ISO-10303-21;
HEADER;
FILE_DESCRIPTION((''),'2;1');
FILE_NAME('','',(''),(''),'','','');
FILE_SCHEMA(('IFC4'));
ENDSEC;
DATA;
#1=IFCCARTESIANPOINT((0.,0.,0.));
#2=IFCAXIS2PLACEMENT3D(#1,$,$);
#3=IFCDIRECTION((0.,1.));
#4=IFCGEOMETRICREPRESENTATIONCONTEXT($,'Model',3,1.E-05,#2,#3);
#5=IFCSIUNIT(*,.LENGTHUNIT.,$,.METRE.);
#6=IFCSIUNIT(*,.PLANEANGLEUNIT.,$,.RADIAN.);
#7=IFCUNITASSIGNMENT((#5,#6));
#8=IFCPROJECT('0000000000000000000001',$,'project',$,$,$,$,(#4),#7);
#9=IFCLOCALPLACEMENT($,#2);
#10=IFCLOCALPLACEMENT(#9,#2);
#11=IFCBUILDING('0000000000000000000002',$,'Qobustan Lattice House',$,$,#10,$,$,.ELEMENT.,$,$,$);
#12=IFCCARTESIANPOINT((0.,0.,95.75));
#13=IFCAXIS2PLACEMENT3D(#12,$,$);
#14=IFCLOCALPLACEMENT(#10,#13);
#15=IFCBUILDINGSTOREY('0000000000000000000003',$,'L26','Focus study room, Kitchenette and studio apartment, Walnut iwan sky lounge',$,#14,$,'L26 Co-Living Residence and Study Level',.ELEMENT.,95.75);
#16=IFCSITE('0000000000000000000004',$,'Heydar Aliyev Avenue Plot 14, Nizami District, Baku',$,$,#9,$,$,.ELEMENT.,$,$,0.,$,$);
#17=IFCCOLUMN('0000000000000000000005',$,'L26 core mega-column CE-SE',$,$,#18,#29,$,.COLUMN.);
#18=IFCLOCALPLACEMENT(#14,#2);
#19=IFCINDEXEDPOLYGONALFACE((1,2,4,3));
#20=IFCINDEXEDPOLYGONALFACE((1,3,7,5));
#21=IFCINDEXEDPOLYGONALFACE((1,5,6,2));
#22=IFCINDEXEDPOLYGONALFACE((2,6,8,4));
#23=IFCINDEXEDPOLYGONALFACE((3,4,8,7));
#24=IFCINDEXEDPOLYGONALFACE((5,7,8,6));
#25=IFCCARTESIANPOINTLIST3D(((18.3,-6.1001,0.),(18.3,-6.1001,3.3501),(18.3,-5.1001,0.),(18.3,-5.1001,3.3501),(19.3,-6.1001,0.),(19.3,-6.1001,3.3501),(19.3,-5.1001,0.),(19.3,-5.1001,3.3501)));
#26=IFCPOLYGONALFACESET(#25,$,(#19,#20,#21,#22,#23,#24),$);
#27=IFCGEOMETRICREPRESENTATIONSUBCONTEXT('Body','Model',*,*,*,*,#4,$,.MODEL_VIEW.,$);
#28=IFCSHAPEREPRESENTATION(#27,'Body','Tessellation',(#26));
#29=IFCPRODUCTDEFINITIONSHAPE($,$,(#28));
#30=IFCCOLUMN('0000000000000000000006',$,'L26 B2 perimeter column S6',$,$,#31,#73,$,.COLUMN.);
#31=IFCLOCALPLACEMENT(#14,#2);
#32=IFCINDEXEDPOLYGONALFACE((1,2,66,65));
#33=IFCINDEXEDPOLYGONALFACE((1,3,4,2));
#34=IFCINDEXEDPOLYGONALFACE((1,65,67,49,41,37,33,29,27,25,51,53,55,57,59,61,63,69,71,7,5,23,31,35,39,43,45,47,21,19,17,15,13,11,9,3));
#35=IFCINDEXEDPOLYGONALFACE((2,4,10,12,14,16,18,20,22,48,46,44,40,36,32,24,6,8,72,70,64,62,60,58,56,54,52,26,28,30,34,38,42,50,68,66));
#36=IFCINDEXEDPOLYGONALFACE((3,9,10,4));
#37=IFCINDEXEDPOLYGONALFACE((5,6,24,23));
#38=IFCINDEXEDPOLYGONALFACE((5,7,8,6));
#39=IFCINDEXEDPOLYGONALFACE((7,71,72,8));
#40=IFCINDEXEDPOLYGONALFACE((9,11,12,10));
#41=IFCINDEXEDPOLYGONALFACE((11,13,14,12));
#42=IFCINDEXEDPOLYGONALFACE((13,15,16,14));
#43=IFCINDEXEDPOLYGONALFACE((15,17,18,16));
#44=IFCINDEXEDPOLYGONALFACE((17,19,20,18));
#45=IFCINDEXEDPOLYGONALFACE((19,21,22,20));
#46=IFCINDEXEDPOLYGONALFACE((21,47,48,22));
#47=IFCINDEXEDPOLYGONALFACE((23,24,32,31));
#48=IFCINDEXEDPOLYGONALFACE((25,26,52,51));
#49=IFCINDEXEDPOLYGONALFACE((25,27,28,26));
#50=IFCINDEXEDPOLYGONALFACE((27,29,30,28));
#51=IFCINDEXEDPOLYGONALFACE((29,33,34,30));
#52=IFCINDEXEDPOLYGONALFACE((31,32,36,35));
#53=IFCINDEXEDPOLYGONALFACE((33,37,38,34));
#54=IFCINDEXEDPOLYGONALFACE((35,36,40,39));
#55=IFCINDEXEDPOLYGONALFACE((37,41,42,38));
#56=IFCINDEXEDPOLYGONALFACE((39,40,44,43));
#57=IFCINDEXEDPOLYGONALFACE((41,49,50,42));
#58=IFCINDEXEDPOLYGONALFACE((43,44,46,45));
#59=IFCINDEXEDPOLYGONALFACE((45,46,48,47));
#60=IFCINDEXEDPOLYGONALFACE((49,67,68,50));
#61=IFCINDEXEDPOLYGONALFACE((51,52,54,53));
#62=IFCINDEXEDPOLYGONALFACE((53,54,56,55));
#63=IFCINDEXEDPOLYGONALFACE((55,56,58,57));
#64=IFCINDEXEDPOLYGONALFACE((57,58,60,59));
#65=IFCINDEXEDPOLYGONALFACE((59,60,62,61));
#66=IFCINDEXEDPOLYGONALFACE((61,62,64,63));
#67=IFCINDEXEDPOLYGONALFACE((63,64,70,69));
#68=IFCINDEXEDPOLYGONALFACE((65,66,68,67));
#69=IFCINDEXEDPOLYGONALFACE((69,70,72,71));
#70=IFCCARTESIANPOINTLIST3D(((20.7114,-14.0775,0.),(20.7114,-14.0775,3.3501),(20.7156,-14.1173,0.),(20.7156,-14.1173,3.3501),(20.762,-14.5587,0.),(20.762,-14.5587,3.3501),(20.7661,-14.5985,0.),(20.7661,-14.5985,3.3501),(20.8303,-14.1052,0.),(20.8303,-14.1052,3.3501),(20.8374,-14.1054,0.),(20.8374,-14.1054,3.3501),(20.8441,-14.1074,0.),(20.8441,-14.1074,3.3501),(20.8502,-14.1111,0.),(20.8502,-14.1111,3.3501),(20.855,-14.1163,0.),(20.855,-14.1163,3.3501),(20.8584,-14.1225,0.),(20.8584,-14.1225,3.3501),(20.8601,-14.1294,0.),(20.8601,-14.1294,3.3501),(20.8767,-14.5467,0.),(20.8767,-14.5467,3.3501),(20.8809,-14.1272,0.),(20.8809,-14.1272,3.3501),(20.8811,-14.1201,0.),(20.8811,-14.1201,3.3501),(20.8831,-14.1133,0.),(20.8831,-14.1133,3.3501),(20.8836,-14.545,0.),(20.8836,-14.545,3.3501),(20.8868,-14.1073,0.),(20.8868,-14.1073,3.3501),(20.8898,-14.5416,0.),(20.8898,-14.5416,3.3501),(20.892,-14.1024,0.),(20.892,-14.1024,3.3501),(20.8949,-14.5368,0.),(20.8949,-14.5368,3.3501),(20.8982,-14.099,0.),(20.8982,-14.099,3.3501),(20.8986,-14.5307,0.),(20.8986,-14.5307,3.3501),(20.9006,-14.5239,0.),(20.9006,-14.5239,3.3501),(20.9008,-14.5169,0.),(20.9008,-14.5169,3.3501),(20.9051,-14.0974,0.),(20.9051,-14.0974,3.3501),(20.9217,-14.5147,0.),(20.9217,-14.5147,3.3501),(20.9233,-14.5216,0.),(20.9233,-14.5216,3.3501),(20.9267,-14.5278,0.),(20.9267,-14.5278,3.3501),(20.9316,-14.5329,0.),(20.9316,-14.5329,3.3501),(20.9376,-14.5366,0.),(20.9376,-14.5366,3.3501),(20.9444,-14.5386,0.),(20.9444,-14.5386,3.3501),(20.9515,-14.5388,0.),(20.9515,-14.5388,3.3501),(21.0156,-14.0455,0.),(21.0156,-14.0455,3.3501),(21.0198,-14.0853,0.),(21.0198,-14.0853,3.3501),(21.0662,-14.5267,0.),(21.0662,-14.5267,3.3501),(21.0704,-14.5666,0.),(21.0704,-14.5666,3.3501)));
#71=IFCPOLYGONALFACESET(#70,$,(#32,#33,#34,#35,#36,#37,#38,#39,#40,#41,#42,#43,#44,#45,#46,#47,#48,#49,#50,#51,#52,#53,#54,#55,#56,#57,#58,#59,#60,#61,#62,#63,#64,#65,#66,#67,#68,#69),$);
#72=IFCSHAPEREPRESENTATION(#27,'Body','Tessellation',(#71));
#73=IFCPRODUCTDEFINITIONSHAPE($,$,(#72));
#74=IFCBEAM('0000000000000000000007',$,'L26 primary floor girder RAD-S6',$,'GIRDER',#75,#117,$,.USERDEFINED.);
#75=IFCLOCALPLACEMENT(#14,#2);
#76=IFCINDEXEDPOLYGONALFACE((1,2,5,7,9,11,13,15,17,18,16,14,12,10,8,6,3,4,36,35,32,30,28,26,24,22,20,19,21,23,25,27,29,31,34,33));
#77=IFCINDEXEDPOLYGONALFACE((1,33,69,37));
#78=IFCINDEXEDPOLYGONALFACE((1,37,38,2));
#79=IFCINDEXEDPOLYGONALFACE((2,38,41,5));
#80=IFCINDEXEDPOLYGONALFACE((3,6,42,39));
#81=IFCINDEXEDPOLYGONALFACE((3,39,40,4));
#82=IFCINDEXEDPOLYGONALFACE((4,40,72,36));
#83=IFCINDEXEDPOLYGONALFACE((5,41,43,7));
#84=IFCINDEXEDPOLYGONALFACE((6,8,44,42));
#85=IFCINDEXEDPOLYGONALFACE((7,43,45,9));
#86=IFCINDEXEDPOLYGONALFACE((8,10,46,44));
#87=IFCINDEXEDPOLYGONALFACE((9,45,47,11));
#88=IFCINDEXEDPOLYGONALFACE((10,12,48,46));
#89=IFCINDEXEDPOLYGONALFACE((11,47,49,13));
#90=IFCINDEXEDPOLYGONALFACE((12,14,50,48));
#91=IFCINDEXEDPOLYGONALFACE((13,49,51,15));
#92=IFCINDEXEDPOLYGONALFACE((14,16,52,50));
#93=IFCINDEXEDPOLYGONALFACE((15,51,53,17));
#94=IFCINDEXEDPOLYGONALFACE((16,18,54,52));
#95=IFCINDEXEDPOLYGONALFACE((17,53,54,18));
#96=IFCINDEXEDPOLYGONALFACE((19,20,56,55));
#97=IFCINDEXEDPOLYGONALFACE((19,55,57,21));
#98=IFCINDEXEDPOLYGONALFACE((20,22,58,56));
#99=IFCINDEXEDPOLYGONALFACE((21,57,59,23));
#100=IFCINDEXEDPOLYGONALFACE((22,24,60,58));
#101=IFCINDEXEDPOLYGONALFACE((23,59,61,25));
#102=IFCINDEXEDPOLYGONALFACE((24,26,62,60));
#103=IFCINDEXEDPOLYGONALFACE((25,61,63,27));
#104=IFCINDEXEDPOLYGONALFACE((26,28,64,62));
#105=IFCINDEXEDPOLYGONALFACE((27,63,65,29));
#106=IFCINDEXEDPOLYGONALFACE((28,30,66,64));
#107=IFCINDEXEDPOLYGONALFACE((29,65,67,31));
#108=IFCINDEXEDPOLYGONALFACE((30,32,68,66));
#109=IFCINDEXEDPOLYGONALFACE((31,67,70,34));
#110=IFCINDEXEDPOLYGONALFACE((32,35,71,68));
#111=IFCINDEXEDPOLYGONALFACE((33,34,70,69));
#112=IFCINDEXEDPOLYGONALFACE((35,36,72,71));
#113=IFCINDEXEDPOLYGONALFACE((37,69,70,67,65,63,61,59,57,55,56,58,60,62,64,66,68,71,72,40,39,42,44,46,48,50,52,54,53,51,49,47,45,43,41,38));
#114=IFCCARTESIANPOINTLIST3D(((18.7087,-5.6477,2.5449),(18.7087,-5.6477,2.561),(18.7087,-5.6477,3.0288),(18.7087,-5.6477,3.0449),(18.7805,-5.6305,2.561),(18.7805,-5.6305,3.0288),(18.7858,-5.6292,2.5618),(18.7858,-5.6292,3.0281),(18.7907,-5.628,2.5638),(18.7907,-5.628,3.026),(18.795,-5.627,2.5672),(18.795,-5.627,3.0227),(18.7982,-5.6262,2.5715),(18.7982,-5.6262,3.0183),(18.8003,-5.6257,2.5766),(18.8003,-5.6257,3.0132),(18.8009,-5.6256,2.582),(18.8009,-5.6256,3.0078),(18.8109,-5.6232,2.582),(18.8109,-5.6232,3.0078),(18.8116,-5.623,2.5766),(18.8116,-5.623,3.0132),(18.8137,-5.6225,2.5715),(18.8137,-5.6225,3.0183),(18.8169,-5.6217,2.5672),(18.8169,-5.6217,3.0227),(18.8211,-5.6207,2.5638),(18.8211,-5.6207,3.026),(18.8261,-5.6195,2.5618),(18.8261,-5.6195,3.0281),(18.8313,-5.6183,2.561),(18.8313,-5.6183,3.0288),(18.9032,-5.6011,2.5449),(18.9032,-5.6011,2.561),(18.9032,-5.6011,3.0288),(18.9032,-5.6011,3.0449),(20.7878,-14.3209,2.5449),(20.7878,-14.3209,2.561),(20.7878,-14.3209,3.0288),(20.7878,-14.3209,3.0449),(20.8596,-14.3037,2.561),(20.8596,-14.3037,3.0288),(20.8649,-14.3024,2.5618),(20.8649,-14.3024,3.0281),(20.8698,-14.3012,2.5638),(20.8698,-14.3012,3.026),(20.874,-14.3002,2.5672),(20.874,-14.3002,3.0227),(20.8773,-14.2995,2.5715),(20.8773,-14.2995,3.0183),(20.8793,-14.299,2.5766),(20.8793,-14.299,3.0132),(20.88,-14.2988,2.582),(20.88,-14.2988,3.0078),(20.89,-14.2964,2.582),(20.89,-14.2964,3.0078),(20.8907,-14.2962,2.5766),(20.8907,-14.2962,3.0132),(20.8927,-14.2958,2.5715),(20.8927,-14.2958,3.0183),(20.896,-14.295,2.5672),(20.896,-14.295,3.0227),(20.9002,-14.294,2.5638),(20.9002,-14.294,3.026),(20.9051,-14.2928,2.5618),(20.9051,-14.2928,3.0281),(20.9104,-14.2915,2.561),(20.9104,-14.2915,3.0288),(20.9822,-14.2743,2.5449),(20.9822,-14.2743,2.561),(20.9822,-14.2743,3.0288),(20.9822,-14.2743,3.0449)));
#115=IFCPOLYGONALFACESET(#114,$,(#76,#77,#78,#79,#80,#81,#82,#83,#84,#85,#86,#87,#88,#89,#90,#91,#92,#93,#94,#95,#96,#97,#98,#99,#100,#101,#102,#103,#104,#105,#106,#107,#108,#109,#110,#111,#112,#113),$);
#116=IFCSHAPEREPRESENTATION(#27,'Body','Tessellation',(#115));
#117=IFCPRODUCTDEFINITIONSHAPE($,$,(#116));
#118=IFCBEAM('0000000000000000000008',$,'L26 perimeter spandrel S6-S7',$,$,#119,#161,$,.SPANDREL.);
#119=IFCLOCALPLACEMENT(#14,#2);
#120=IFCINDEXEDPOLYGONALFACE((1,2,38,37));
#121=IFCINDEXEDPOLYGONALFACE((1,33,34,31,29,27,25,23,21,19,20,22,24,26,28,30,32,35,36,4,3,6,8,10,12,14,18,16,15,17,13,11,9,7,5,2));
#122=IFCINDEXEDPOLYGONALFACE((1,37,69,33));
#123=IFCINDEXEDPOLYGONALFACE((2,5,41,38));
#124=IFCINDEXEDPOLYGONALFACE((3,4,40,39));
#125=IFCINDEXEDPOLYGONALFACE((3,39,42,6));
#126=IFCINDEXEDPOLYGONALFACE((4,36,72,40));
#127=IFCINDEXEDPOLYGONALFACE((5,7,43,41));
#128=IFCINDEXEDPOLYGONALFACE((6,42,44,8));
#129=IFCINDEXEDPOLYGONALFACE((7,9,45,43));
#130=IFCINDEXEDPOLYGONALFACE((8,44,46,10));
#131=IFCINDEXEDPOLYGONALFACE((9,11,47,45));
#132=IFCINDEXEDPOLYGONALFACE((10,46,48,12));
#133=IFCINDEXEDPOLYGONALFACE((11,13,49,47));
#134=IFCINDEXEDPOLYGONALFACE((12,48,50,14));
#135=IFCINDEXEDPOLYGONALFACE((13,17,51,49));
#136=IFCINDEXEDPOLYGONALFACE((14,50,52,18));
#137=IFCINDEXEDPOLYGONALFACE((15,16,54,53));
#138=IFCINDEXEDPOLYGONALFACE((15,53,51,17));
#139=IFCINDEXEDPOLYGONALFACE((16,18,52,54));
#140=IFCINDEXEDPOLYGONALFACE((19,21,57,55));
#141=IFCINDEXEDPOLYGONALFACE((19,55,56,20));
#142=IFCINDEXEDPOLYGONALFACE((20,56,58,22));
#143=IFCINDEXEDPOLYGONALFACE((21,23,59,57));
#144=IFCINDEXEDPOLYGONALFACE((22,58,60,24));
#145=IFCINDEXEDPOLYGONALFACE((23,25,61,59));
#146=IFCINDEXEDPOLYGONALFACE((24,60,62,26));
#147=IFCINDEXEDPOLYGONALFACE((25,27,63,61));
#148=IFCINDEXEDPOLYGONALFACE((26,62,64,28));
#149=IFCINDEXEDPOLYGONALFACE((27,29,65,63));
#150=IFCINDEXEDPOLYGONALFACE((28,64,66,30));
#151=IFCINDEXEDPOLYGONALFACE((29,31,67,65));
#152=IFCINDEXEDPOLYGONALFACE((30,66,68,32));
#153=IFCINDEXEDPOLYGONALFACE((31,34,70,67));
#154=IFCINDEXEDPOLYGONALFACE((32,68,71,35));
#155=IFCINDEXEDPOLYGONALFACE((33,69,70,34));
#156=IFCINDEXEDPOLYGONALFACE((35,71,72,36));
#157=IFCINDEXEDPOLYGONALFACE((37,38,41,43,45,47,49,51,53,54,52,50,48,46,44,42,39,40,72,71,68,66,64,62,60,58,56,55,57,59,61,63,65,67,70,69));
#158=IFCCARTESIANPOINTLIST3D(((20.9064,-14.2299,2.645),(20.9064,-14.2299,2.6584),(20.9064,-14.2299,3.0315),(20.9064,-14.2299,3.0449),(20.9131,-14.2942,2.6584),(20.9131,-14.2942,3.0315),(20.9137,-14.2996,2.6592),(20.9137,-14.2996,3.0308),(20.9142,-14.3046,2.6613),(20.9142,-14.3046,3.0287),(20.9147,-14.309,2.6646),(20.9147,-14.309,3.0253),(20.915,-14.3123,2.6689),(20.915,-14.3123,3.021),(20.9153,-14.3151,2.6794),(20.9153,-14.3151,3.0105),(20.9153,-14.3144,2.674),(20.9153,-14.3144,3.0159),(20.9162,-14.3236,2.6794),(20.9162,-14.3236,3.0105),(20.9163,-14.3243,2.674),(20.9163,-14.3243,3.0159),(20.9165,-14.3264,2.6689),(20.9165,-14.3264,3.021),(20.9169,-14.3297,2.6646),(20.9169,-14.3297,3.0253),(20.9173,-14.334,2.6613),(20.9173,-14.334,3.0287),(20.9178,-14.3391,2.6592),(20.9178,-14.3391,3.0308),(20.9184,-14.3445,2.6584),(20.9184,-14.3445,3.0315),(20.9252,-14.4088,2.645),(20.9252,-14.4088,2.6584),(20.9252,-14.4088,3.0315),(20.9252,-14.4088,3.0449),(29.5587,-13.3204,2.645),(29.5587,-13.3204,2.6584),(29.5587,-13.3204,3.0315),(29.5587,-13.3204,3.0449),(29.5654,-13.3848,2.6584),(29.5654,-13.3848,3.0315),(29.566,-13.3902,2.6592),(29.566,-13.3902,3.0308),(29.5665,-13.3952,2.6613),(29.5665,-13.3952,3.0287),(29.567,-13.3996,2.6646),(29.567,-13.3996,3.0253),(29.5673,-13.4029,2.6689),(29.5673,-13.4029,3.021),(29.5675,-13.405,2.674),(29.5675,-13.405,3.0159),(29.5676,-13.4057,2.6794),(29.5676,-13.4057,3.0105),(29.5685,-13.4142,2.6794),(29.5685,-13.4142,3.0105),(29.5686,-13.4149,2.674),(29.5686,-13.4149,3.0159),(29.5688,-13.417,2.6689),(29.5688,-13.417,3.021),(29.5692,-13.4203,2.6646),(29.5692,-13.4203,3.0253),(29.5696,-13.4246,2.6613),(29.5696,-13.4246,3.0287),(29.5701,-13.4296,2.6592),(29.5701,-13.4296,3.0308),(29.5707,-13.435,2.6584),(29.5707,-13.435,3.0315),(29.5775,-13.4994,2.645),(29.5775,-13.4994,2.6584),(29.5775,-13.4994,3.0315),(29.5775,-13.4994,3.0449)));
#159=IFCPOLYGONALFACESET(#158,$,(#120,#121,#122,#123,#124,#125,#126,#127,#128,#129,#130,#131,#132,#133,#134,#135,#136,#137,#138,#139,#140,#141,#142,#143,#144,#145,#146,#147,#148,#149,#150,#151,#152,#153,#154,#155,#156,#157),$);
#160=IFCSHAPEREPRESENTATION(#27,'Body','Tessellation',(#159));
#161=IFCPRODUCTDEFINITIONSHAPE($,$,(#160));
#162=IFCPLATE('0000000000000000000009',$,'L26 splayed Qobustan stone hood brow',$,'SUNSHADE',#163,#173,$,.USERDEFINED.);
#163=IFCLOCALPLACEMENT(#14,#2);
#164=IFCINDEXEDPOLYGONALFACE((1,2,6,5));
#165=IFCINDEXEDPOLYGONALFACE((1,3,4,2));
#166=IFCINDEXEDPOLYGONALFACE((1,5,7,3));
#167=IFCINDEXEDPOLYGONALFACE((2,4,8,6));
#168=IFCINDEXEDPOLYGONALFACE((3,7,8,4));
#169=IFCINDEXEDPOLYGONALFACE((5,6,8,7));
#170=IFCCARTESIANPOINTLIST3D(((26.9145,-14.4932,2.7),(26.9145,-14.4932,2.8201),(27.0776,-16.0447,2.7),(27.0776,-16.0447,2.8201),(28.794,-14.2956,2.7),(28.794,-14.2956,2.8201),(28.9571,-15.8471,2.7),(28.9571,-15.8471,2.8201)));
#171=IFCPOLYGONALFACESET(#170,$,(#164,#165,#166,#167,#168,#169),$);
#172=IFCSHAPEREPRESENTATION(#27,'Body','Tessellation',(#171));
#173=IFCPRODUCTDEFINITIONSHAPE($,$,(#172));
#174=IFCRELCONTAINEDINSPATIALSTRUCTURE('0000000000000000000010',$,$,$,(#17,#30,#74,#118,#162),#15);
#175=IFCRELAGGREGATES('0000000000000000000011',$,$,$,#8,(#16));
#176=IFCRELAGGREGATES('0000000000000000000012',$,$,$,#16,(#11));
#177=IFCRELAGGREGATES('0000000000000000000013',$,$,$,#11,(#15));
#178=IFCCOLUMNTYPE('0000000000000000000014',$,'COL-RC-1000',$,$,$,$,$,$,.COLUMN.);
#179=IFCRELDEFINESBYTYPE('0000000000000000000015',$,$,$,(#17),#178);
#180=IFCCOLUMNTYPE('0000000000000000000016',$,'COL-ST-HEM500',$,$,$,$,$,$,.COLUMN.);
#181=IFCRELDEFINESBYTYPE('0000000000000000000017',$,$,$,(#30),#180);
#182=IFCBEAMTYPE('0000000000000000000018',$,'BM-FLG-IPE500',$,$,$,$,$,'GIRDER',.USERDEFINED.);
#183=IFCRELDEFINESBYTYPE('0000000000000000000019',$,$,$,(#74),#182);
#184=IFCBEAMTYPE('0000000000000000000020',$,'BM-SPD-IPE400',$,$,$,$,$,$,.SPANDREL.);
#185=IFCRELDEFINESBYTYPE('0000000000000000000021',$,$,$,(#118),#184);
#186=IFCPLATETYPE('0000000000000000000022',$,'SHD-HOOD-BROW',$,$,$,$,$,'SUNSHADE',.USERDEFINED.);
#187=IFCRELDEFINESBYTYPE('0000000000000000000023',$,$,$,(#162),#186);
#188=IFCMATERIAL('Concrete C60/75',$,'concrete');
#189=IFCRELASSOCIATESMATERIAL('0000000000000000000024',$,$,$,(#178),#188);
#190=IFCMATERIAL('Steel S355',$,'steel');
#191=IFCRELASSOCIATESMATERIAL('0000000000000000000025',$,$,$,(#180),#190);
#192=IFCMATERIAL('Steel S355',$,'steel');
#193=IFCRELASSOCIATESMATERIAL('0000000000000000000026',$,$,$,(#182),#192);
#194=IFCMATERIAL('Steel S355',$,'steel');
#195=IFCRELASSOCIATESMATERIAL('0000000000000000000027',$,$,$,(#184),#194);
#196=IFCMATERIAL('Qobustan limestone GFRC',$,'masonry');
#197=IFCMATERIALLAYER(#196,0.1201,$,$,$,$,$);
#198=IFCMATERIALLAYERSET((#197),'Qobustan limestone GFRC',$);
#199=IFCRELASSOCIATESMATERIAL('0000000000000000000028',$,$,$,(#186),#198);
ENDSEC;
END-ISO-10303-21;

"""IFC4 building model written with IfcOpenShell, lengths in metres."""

from ifc_helpers import new_model, si_unit, direction, frame, origin, origin_2d, place, context, subcontext, project, spatial, rectangle, i_section, extrude, material, layer, layer_set, material_profile, profile_set, type_object, element, save


model = new_model("IFC4")

# Units and contexts
model_context = context("Model", 3, precision=1e-05, world=origin(), true_north=direction((0.0, 1.0)))
body_context = subcontext(model_context, "Body", "Model", "MODEL_VIEW")
ifc_project = project(units=[si_unit("LENGTHUNIT", "METRE"), si_unit("PLANEANGLEUNIT", "RADIAN")], contexts=[model_context])

# Site, building, storey
site_placement = place(None, origin())
site = spatial("IfcSite", under=ifc_project, at=site_placement, Name="Heydar Aliyev Avenue Plot 14, Nizami District, Baku", CompositionType="ELEMENT", RefElevation=0.0)
building_placement = place(site_placement, origin())
building = spatial("IfcBuilding", under=site, at=building_placement, Name="Qobustan Lattice House", CompositionType="ELEMENT")
storey_placement = place(building_placement, frame((0.0, 0.0, 95.75)))
storey = spatial("IfcBuildingStorey", under=building, at=storey_placement, Name="L26", Description="Focus study room, Kitchenette and studio apartment, Walnut iwan sky lounge", LongName="L26 Co-Living Residence and Study Level", CompositionType="ELEMENT", Elevation=95.75)

# Columns
ifc_material_1 = material(Name="Concrete C60/75", Category="concrete")
ifc_material_profile_1 = material_profile(ifc_material_1, rectangle(XDim=1.0, YDim=1.0, at=origin_2d()), Name="RC1000x1000")
ifc_profile_set_1 = profile_set([ifc_material_profile_1], Name="Concrete C60/75")
column_type_1 = type_object("IfcColumnType", Name="COL-RC-1000", PredefinedType="COLUMN", material=ifc_profile_set_1)
column_1_placement = place(storey_placement, frame((18.8, -5.6001, 0.0), z_axis=(0.0, 0.0, 1.0), x_axis=(1.0, 0.0, 0.0)))
element("IfcColumn", 1, at=column_1_placement, inside=storey, type_object=column_type_1, Name="L26 core mega-column CE-SE", PredefinedType="COLUMN", context=body_context, shape_type="SweptSolid", body=[
    extrude(rectangle(XDim=1.0, YDim=1.0, at=origin_2d()), origin(), (0.0, 0.0, 1.0), 3.3501),
])
ifc_material_2 = material(Name="Steel S355", Category="steel")
ifc_material_profile_2 = material_profile(ifc_material_2, i_section(OverallWidth=0.3059, OverallDepth=0.5239, WebThickness=0.021, FlangeThickness=0.04, FilletRadius=0.0271, at=origin_2d()), Name="HEM500")
ifc_profile_set_2 = profile_set([ifc_material_profile_2], Name="Steel S355")
column_type_2 = type_object("IfcColumnType", Name="COL-ST-HEM500", PredefinedType="COLUMN", material=ifc_profile_set_2)
column_2_placement = place(storey_placement, frame((20.8909, -14.322, 0.0), z_axis=(0.0, 0.0, 1.0), x_axis=(0.994522, 0.104528, 0.0)))
element("IfcColumn", 2, at=column_2_placement, inside=storey, type_object=column_type_2, Name="L26 B2 perimeter column S6", PredefinedType="COLUMN", context=body_context, shape_type="SweptSolid", body=[
    extrude(i_section(OverallWidth=0.3059, OverallDepth=0.5239, WebThickness=0.021, FlangeThickness=0.04, FilletRadius=0.0271, at=origin_2d()), origin(), (0.0, 0.0, 1.0), 3.3501),
])

# Beams
ifc_material_3 = material(Name="Steel S355", Category="steel")
ifc_material_profile_3 = material_profile(ifc_material_3, i_section(OverallWidth=0.2, OverallDepth=0.5, WebThickness=0.0103, FlangeThickness=0.0161, FilletRadius=0.021, at=origin_2d()), Name="IPE500")
ifc_profile_set_3 = profile_set([ifc_material_profile_3], Name="Steel S355")
beam_type_1 = type_object("IfcBeamType", Name="BM-FLG-IPE500", ElementType="GIRDER", PredefinedType="USERDEFINED", material=ifc_profile_set_3)
beam_1_placement = place(storey_placement, frame((20.885, -14.2976, 2.7949), z_axis=(-0.233108, 0.972451, 0.0), x_axis=(-0.972451, -0.233108, 0.0)))
element("IfcBeam", 3, at=beam_1_placement, inside=storey, type_object=beam_type_1, Name="L26 primary floor girder RAD-S6", ObjectType="GIRDER", PredefinedType="USERDEFINED", context=body_context, shape_type="SweptSolid", body=[
    extrude(i_section(OverallWidth=0.2, OverallDepth=0.5, WebThickness=0.0103, FlangeThickness=0.0161, FilletRadius=0.021, at=origin_2d()), origin(), (0.0, 0.0, 1.0), 8.9189),
])
ifc_material_4 = material(Name="Steel S355", Category="steel")
ifc_material_profile_4 = material_profile(ifc_material_4, i_section(OverallWidth=0.1799, OverallDepth=0.3999, WebThickness=0.0085, FlangeThickness=0.0134, FilletRadius=0.021, at=origin_2d()), Name="IPE400")
ifc_profile_set_4 = profile_set([ifc_material_profile_4], Name="Steel S355")
beam_type_2 = type_object("IfcBeamType", Name="BM-SPD-IPE400", PredefinedType="SPANDREL", material=ifc_profile_set_4)
beam_2_placement = place(storey_placement, frame((20.9158, -14.3193, 2.845), z_axis=(0.994522, 0.104531, 0.0), x_axis=(-0.104531, 0.994522, 0.0)))
element("IfcBeam", 4, at=beam_2_placement, inside=storey, type_object=beam_type_2, Name="L26 perimeter spandrel S6-S7", PredefinedType="SPANDREL", context=body_context, shape_type="SweptSolid", body=[
    extrude(i_section(OverallWidth=0.1799, OverallDepth=0.3999, WebThickness=0.0085, FlangeThickness=0.0134, FilletRadius=0.021, at=origin_2d()), origin(), (0.0, 0.0, 1.0), 8.7),
])

# Plate
ifc_material_5 = material(Name="Qobustan limestone GFRC", Category="masonry")
ifc_layer_1 = layer(ifc_material_5, 0.1201)
ifc_layer_set_1 = layer_set([ifc_layer_1], Name="Qobustan limestone GFRC")
plate_type = type_object("IfcPlateType", Name="SHD-HOOD-BROW", ElementType="SUNSHADE", PredefinedType="USERDEFINED", material=ifc_layer_set_1)
plate_placement = place(storey_placement, frame((27.9358, -15.1702, 2.7), z_axis=(0.0, 0.0, 1.0), x_axis=(-0.994522, -0.104528, 0.0)))
element("IfcPlate", 5, at=plate_placement, inside=storey, type_object=plate_type, Name="L26 splayed Qobustan stone hood brow", ObjectType="SUNSHADE", PredefinedType="USERDEFINED", context=body_context, shape_type="SweptSolid", body=[
    extrude(rectangle(XDim=1.8899, YDim=1.5601, at=origin_2d()), origin(), (0.0, 0.0, 1.0), 0.1201),
])

save(model, "model.ifc")
